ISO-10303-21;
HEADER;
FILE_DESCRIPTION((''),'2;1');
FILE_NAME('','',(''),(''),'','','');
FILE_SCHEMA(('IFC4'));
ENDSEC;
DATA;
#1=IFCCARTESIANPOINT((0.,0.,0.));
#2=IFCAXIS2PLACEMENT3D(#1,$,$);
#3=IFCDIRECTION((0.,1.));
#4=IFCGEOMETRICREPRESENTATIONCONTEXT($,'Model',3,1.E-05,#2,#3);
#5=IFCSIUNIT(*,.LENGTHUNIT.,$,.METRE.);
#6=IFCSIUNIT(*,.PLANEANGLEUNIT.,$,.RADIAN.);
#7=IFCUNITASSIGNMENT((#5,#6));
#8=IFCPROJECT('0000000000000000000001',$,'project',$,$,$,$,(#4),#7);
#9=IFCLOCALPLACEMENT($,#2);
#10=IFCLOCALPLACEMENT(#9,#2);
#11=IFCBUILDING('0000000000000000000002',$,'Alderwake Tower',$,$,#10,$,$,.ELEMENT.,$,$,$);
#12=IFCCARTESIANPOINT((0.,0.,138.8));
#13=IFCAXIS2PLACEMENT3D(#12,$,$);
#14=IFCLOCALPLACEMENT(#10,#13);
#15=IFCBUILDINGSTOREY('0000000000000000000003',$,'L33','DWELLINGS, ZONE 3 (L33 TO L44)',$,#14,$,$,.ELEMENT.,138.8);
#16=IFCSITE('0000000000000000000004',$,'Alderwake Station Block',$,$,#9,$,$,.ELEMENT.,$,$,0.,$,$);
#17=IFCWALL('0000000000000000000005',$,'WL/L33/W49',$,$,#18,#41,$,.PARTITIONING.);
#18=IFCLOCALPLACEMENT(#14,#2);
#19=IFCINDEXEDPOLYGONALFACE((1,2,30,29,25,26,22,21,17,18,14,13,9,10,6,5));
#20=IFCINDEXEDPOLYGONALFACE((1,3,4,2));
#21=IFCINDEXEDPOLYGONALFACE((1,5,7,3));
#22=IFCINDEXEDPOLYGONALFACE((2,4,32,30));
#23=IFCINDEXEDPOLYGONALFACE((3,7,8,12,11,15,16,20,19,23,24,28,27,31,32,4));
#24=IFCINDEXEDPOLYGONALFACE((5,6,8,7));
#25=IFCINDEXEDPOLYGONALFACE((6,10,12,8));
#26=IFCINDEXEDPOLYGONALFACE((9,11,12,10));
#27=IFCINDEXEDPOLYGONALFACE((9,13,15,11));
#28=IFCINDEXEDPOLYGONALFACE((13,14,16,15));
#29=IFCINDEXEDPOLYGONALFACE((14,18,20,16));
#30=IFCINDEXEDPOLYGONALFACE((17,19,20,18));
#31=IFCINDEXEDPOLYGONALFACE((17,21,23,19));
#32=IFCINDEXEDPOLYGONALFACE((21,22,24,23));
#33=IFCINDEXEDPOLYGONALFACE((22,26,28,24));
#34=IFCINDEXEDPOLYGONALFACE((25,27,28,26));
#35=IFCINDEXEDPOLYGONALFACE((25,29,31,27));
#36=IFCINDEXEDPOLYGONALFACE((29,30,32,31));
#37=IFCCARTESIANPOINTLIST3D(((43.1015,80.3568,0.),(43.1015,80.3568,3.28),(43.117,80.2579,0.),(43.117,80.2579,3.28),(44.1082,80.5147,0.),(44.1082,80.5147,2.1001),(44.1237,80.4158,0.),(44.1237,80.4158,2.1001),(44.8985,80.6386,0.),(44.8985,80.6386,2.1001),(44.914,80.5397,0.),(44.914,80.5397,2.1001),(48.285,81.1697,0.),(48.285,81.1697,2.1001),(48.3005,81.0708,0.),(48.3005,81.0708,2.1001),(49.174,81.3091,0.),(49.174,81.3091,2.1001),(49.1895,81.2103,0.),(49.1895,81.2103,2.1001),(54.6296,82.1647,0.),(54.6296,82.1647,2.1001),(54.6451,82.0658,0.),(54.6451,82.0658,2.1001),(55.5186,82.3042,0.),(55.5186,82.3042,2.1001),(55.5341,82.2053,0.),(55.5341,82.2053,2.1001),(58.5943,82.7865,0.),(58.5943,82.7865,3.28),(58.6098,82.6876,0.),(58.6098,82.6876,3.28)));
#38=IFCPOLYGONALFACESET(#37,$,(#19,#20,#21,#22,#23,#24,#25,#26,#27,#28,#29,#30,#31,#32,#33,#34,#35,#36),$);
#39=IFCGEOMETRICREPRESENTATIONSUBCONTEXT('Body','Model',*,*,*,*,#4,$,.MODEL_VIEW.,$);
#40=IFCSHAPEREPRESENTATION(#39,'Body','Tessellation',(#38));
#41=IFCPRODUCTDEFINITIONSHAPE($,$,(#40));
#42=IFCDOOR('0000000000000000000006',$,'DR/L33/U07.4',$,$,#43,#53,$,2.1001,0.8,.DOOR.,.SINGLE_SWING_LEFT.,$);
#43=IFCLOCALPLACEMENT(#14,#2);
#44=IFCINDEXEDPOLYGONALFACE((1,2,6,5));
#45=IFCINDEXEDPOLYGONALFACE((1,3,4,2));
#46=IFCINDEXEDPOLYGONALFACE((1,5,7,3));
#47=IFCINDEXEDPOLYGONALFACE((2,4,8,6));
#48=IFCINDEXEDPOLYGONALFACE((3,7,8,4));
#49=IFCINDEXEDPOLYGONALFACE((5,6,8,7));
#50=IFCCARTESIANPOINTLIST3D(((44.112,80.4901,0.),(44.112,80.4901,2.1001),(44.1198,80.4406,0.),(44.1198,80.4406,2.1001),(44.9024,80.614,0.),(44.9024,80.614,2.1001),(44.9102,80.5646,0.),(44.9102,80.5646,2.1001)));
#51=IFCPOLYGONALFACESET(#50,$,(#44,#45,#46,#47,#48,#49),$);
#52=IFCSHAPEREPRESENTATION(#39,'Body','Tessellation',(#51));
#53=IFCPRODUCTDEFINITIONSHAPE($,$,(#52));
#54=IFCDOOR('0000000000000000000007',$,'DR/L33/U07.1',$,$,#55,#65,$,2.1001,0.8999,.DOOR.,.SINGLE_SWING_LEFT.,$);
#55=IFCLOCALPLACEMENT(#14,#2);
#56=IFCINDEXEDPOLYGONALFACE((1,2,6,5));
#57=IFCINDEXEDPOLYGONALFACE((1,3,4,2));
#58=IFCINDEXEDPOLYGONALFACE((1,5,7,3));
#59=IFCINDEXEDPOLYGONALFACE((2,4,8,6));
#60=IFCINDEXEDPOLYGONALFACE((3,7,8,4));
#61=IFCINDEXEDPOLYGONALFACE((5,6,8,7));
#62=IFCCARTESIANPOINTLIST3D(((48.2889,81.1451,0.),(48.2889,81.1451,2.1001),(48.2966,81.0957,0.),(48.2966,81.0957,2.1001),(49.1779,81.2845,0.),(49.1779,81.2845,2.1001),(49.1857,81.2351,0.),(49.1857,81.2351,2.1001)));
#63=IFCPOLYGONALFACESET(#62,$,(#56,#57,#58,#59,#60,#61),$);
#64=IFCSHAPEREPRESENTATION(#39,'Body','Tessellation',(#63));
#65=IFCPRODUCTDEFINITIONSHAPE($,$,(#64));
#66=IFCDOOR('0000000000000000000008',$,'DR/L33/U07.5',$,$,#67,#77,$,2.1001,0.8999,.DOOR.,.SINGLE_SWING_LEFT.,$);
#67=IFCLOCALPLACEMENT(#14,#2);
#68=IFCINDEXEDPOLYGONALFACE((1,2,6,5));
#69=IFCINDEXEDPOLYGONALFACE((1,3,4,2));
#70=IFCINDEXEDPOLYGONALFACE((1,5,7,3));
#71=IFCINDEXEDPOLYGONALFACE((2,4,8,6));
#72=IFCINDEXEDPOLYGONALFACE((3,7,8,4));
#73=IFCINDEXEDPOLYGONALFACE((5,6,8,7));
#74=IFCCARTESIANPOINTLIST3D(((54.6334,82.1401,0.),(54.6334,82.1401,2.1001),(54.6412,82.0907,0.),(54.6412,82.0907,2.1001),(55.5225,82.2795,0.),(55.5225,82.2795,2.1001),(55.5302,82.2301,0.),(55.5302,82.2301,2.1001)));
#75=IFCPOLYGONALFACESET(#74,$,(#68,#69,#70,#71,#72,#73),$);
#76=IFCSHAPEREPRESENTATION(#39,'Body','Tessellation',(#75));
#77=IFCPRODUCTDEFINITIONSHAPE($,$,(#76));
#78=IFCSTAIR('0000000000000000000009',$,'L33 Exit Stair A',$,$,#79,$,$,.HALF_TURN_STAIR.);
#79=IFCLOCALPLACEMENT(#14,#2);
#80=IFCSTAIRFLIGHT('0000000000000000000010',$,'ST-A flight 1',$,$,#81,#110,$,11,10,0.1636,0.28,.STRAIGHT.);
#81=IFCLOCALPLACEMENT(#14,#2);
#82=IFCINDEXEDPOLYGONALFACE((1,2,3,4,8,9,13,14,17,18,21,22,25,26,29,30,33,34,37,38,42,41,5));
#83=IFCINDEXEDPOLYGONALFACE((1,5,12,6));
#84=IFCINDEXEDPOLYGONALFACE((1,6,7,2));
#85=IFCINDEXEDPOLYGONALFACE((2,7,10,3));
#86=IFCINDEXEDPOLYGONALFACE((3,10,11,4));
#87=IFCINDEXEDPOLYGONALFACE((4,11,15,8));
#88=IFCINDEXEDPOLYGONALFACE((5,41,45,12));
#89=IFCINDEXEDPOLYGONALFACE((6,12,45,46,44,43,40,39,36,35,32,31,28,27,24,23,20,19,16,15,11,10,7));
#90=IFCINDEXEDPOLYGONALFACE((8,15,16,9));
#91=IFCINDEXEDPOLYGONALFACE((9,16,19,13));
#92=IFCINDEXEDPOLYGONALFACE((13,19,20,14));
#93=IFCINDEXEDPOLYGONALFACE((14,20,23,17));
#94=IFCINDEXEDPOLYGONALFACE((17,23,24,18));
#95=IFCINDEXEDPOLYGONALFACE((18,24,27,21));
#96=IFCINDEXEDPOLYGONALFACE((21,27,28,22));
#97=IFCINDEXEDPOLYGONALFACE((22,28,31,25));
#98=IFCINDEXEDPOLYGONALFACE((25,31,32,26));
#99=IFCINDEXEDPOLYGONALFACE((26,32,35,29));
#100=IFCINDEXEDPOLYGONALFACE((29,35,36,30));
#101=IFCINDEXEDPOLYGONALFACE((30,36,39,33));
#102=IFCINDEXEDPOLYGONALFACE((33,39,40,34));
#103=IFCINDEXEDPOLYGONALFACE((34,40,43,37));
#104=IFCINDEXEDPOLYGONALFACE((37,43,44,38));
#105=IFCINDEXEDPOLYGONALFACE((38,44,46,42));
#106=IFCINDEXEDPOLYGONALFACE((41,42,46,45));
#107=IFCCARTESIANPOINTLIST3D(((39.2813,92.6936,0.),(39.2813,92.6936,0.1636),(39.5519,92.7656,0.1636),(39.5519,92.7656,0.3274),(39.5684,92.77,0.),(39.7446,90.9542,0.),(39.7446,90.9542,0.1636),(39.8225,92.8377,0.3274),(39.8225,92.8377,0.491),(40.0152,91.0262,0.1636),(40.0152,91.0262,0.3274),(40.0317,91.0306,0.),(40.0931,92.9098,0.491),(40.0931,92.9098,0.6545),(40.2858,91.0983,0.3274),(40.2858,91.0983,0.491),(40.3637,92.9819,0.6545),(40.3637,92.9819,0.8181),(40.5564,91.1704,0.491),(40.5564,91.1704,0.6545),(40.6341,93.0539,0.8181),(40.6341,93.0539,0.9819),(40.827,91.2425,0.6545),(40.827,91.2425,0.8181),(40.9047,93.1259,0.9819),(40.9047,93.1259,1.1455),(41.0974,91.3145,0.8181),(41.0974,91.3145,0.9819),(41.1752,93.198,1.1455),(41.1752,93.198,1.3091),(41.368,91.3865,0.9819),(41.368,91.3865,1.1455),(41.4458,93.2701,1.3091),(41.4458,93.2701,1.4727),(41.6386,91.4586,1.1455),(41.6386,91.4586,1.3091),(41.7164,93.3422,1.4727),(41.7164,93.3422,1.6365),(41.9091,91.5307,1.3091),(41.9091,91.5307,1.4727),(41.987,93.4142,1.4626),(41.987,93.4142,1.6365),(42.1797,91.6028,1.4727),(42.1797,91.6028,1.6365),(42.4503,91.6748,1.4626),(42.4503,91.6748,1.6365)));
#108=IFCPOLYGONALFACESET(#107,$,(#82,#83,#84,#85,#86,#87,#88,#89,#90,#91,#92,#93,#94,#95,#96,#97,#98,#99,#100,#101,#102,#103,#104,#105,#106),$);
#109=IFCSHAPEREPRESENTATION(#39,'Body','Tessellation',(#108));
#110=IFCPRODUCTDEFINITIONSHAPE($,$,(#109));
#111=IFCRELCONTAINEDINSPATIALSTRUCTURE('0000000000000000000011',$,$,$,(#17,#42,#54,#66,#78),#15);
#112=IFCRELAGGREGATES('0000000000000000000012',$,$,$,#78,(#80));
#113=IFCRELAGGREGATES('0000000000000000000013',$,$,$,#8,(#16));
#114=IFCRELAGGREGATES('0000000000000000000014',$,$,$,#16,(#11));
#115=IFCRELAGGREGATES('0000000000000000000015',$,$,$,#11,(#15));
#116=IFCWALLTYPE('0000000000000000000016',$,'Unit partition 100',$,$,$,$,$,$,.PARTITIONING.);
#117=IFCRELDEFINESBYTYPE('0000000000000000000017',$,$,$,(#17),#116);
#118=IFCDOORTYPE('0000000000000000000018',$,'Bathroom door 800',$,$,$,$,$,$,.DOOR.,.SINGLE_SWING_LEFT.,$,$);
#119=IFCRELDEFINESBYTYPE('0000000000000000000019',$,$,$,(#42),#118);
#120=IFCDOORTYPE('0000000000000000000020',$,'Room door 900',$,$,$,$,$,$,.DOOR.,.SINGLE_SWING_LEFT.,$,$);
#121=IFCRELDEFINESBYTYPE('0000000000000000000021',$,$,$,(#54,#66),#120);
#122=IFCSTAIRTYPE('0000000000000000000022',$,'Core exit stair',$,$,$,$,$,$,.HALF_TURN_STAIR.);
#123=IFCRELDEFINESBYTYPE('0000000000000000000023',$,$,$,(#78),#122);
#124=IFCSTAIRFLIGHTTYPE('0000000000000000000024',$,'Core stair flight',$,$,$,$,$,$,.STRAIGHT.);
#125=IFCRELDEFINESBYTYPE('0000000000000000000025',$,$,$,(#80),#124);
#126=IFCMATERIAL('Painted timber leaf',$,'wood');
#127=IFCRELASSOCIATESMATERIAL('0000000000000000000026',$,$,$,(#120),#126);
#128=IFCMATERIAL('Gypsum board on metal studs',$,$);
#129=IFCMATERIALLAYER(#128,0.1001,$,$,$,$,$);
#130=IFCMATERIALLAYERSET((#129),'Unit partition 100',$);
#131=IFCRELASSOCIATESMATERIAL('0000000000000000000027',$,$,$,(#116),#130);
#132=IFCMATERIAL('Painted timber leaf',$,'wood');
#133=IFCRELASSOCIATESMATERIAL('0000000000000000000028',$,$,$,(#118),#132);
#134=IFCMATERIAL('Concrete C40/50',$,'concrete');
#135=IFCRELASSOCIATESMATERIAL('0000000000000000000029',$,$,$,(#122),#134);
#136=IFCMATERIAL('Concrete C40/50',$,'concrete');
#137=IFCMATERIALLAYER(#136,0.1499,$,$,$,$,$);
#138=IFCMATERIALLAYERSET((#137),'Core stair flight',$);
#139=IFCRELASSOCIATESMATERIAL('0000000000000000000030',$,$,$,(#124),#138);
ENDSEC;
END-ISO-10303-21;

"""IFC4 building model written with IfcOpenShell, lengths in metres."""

from ifc_helpers import new_model, si_unit, direction, frame, frame_2d, origin, place, context, subcontext, project, spatial, polyline, rectangle, outline, extrude, material, layer, layer_set, type_object, element, fill, aggregate, save


model = new_model("IFC4")

# Units and contexts
model_context = context("Model", 3, precision=1e-05, world=origin(), true_north=direction((0.0, 1.0)))
body_context = subcontext(model_context, "Body", "Model", "MODEL_VIEW")
ifc_project = project(units=[si_unit("LENGTHUNIT", "METRE"), si_unit("PLANEANGLEUNIT", "RADIAN")], contexts=[model_context])

# Site, building, storey
site_placement = place(None, origin())
site = spatial("IfcSite", under=ifc_project, at=site_placement, Name="Alderwake Station Block", CompositionType="ELEMENT", RefElevation=0.0)
building_placement = place(site_placement, origin())
building = spatial("IfcBuilding", under=site, at=building_placement, Name="Alderwake Tower", CompositionType="ELEMENT")
storey_placement = place(building_placement, frame((0.0, 0.0, 138.8)))
storey = spatial("IfcBuildingStorey", under=building, at=storey_placement, Name="L33", Description="DWELLINGS, ZONE 3 (L33 TO L44)", CompositionType="ELEMENT", Elevation=138.8)

# Shared definitions
ifc_material_1 = material(Name="Painted timber leaf", Category="wood")
door_type_1 = type_object("IfcDoorType", Name="Room door 900", OperationType="SINGLE_SWING_LEFT", PredefinedType="DOOR", material=ifc_material_1)

# Wall, openings, doors
ifc_material_2 = material(Name="Gypsum board on metal studs")
ifc_layer_1 = layer(ifc_material_2, 0.1001)
ifc_layer_set_1 = layer_set([ifc_layer_1], Name="Unit partition 100")
wall_type_1 = type_object("IfcWallType", Name="Unit partition 100", PredefinedType="PARTITIONING", material=ifc_layer_set_1)
wall_1_placement = place(storey_placement, frame((58.6021, 82.7371, 0.0), z_axis=(0.0, 0.0, 1.0), x_axis=(-0.987925, -0.154934, 0.0)))
wall_1 = element("IfcWall", 1, at=wall_1_placement, inside=storey, type_object=wall_type_1, Name="WL/L33/W49", PredefinedType="PARTITIONING", context=body_context, shape_type="SweptSolid", body=[
    extrude(rectangle(XDim=15.6821, YDim=0.1001, at=frame_2d((7.8411, 0.0))), origin(), (0.0, 0.0, 1.0), 3.28),
])
opening_1_placement = place(wall_1_placement, frame((9.5354, 0.0, 0.0)))
opening_1 = element("IfcOpeningElement", 2, at=opening_1_placement, cuts=wall_1, PredefinedType="OPENING", context=body_context, shape_type="SweptSolid", body=[
    extrude(rectangle(XDim=0.8999, YDim=2.1001, at=frame_2d((0.45, 1.05))), frame((0.0, 0.0601, 0.0), z_axis=(0.0, -1.0, 0.0), x_axis=(1.0, 0.0, 0.0)), (0.0, 0.0, 1.0), 0.1201),
])
opening_2_placement = place(wall_1_placement, frame((13.8633, 0.0, 0.0)))
opening_2 = element("IfcOpeningElement", 3, at=opening_2_placement, cuts=wall_1, PredefinedType="OPENING", context=body_context, shape_type="SweptSolid", body=[
    extrude(rectangle(XDim=0.8, YDim=2.1001, at=frame_2d((0.3999, 1.05))), frame((0.0, 0.0601, 0.0), z_axis=(0.0, -1.0, 0.0), x_axis=(1.0, 0.0, 0.0)), (0.0, 0.0, 1.0), 0.1201),
])
opening_3_placement = place(wall_1_placement, frame((3.1133, 0.0, 0.0)))
opening_3 = element("IfcOpeningElement", 4, at=opening_3_placement, cuts=wall_1, PredefinedType="OPENING", context=body_context, shape_type="SweptSolid", body=[
    extrude(rectangle(XDim=0.8999, YDim=2.1001, at=frame_2d((0.45, 1.05))), frame((0.0, 0.0601, 0.0), z_axis=(0.0, -1.0, 0.0), x_axis=(1.0, 0.0, 0.0)), (0.0, 0.0, 1.0), 0.1201),
])
ifc_material_3 = material(Name="Painted timber leaf", Category="wood")
door_type_2 = type_object("IfcDoorType", Name="Bathroom door 800", OperationType="SINGLE_SWING_LEFT", PredefinedType="DOOR", material=ifc_material_3)
door_1_placement = place(opening_2_placement, origin())
door_1 = element("IfcDoor", 5, at=door_1_placement, inside=storey, type_object=door_type_2, Name="DR/L33/U07.4", OperationType="SINGLE_SWING_LEFT", OverallHeight=2.1001, OverallWidth=0.8, PredefinedType="DOOR", context=body_context, shape_type="SweptSolid", body=[
    extrude(rectangle(XDim=0.8, YDim=2.1001, at=frame_2d((0.3999, 1.05))), frame((0.0, 0.0249, 0.0), z_axis=(0.0, -1.0, 0.0), x_axis=(1.0, 0.0, 0.0)), (0.0, 0.0, 1.0), 0.05),
])
fill(opening_2, door_1)
door_2_placement = place(opening_1_placement, origin())
door_2 = element("IfcDoor", 6, at=door_2_placement, inside=storey, type_object=door_type_1, Name="DR/L33/U07.1", OperationType="SINGLE_SWING_LEFT", OverallHeight=2.1001, OverallWidth=0.8999, PredefinedType="DOOR", context=body_context, shape_type="SweptSolid", body=[
    extrude(rectangle(XDim=0.8999, YDim=2.1001, at=frame_2d((0.45, 1.05))), frame((0.0, 0.0249, 0.0), z_axis=(0.0, -1.0, 0.0), x_axis=(1.0, 0.0, 0.0)), (0.0, 0.0, 1.0), 0.05),
])
fill(opening_1, door_2)
door_3_placement = place(opening_3_placement, origin())
door_3 = element("IfcDoor", 7, at=door_3_placement, inside=storey, type_object=door_type_1, Name="DR/L33/U07.5", OperationType="SINGLE_SWING_LEFT", OverallHeight=2.1001, OverallWidth=0.8999, PredefinedType="DOOR", context=body_context, shape_type="SweptSolid", body=[
    extrude(rectangle(XDim=0.8999, YDim=2.1001, at=frame_2d((0.45, 1.05))), frame((0.0, 0.0249, 0.0), z_axis=(0.0, -1.0, 0.0), x_axis=(1.0, 0.0, 0.0)), (0.0, 0.0, 1.0), 0.05),
])
fill(opening_3, door_3)

# Stair, stair flight
ifc_material_4 = material(Name="Concrete C40/50", Category="concrete")
stair_type = type_object("IfcStairType", Name="Core exit stair", PredefinedType="HALF_TURN_STAIR", material=ifc_material_4)
stair_placement = place(storey_placement, origin())
stair = element("IfcStair", 8, at=stair_placement, inside=storey, type_object=stair_type, Name="L33 Exit Stair A", PredefinedType="HALF_TURN_STAIR")
ifc_material_5 = material(Name="Concrete C40/50", Category="concrete")
ifc_layer_2 = layer(ifc_material_5, 0.1499)
ifc_layer_set_2 = layer_set([ifc_layer_2], Name="Core stair flight")
stair_flight_type = type_object("IfcStairFlightType", Name="Core stair flight", PredefinedType="STRAIGHT", material=ifc_layer_set_2)
stair_flight_placement = place(storey_placement, frame((39.5129, 91.824, 0.0), z_axis=(0.0, 0.0, 1.0), x_axis=(0.96631, 0.257382, 0.0)))
stair_flight = element("IfcStairFlight", 9, at=stair_flight_placement, type_object=stair_flight_type, Name="ST-A flight 1", NumberOfRisers=11, NumberOfTreads=10, PredefinedType="STRAIGHT", RiserHeight=0.1636, TreadLength=0.28, context=body_context, shape_type="SweptSolid", body=[
    extrude(outline(polyline([(0.0, 0.0), (0.0, 0.1636), (0.28, 0.1636), (0.28, 0.3274), (0.5601, 0.3274), (0.5601, 0.491), (0.8401, 0.491), (0.8401, 0.6545), (1.1201, 0.6545), (1.1201, 0.8181), (1.3999, 0.8181), (1.3999, 0.9819), (1.6799, 0.9819), (1.6799, 1.1455), (1.96, 1.1455), (1.96, 1.3091), (2.24, 1.3091), (2.24, 1.4727), (2.52, 1.4727), (2.52, 1.6365), (2.8, 1.6365), (2.8, 1.8), (2.8, 1.4626), (0.2971, 0.0), (0.0, 0.0)])), frame((0.0, 0.8999, 0.0), z_axis=(0.0, -1.0, 0.0), x_axis=(1.0, 0.0, 0.0)), (0.0, 0.0, 1.0), 1.8),
])
aggregate(stair, [stair_flight])

save(model, "model.ifc")
